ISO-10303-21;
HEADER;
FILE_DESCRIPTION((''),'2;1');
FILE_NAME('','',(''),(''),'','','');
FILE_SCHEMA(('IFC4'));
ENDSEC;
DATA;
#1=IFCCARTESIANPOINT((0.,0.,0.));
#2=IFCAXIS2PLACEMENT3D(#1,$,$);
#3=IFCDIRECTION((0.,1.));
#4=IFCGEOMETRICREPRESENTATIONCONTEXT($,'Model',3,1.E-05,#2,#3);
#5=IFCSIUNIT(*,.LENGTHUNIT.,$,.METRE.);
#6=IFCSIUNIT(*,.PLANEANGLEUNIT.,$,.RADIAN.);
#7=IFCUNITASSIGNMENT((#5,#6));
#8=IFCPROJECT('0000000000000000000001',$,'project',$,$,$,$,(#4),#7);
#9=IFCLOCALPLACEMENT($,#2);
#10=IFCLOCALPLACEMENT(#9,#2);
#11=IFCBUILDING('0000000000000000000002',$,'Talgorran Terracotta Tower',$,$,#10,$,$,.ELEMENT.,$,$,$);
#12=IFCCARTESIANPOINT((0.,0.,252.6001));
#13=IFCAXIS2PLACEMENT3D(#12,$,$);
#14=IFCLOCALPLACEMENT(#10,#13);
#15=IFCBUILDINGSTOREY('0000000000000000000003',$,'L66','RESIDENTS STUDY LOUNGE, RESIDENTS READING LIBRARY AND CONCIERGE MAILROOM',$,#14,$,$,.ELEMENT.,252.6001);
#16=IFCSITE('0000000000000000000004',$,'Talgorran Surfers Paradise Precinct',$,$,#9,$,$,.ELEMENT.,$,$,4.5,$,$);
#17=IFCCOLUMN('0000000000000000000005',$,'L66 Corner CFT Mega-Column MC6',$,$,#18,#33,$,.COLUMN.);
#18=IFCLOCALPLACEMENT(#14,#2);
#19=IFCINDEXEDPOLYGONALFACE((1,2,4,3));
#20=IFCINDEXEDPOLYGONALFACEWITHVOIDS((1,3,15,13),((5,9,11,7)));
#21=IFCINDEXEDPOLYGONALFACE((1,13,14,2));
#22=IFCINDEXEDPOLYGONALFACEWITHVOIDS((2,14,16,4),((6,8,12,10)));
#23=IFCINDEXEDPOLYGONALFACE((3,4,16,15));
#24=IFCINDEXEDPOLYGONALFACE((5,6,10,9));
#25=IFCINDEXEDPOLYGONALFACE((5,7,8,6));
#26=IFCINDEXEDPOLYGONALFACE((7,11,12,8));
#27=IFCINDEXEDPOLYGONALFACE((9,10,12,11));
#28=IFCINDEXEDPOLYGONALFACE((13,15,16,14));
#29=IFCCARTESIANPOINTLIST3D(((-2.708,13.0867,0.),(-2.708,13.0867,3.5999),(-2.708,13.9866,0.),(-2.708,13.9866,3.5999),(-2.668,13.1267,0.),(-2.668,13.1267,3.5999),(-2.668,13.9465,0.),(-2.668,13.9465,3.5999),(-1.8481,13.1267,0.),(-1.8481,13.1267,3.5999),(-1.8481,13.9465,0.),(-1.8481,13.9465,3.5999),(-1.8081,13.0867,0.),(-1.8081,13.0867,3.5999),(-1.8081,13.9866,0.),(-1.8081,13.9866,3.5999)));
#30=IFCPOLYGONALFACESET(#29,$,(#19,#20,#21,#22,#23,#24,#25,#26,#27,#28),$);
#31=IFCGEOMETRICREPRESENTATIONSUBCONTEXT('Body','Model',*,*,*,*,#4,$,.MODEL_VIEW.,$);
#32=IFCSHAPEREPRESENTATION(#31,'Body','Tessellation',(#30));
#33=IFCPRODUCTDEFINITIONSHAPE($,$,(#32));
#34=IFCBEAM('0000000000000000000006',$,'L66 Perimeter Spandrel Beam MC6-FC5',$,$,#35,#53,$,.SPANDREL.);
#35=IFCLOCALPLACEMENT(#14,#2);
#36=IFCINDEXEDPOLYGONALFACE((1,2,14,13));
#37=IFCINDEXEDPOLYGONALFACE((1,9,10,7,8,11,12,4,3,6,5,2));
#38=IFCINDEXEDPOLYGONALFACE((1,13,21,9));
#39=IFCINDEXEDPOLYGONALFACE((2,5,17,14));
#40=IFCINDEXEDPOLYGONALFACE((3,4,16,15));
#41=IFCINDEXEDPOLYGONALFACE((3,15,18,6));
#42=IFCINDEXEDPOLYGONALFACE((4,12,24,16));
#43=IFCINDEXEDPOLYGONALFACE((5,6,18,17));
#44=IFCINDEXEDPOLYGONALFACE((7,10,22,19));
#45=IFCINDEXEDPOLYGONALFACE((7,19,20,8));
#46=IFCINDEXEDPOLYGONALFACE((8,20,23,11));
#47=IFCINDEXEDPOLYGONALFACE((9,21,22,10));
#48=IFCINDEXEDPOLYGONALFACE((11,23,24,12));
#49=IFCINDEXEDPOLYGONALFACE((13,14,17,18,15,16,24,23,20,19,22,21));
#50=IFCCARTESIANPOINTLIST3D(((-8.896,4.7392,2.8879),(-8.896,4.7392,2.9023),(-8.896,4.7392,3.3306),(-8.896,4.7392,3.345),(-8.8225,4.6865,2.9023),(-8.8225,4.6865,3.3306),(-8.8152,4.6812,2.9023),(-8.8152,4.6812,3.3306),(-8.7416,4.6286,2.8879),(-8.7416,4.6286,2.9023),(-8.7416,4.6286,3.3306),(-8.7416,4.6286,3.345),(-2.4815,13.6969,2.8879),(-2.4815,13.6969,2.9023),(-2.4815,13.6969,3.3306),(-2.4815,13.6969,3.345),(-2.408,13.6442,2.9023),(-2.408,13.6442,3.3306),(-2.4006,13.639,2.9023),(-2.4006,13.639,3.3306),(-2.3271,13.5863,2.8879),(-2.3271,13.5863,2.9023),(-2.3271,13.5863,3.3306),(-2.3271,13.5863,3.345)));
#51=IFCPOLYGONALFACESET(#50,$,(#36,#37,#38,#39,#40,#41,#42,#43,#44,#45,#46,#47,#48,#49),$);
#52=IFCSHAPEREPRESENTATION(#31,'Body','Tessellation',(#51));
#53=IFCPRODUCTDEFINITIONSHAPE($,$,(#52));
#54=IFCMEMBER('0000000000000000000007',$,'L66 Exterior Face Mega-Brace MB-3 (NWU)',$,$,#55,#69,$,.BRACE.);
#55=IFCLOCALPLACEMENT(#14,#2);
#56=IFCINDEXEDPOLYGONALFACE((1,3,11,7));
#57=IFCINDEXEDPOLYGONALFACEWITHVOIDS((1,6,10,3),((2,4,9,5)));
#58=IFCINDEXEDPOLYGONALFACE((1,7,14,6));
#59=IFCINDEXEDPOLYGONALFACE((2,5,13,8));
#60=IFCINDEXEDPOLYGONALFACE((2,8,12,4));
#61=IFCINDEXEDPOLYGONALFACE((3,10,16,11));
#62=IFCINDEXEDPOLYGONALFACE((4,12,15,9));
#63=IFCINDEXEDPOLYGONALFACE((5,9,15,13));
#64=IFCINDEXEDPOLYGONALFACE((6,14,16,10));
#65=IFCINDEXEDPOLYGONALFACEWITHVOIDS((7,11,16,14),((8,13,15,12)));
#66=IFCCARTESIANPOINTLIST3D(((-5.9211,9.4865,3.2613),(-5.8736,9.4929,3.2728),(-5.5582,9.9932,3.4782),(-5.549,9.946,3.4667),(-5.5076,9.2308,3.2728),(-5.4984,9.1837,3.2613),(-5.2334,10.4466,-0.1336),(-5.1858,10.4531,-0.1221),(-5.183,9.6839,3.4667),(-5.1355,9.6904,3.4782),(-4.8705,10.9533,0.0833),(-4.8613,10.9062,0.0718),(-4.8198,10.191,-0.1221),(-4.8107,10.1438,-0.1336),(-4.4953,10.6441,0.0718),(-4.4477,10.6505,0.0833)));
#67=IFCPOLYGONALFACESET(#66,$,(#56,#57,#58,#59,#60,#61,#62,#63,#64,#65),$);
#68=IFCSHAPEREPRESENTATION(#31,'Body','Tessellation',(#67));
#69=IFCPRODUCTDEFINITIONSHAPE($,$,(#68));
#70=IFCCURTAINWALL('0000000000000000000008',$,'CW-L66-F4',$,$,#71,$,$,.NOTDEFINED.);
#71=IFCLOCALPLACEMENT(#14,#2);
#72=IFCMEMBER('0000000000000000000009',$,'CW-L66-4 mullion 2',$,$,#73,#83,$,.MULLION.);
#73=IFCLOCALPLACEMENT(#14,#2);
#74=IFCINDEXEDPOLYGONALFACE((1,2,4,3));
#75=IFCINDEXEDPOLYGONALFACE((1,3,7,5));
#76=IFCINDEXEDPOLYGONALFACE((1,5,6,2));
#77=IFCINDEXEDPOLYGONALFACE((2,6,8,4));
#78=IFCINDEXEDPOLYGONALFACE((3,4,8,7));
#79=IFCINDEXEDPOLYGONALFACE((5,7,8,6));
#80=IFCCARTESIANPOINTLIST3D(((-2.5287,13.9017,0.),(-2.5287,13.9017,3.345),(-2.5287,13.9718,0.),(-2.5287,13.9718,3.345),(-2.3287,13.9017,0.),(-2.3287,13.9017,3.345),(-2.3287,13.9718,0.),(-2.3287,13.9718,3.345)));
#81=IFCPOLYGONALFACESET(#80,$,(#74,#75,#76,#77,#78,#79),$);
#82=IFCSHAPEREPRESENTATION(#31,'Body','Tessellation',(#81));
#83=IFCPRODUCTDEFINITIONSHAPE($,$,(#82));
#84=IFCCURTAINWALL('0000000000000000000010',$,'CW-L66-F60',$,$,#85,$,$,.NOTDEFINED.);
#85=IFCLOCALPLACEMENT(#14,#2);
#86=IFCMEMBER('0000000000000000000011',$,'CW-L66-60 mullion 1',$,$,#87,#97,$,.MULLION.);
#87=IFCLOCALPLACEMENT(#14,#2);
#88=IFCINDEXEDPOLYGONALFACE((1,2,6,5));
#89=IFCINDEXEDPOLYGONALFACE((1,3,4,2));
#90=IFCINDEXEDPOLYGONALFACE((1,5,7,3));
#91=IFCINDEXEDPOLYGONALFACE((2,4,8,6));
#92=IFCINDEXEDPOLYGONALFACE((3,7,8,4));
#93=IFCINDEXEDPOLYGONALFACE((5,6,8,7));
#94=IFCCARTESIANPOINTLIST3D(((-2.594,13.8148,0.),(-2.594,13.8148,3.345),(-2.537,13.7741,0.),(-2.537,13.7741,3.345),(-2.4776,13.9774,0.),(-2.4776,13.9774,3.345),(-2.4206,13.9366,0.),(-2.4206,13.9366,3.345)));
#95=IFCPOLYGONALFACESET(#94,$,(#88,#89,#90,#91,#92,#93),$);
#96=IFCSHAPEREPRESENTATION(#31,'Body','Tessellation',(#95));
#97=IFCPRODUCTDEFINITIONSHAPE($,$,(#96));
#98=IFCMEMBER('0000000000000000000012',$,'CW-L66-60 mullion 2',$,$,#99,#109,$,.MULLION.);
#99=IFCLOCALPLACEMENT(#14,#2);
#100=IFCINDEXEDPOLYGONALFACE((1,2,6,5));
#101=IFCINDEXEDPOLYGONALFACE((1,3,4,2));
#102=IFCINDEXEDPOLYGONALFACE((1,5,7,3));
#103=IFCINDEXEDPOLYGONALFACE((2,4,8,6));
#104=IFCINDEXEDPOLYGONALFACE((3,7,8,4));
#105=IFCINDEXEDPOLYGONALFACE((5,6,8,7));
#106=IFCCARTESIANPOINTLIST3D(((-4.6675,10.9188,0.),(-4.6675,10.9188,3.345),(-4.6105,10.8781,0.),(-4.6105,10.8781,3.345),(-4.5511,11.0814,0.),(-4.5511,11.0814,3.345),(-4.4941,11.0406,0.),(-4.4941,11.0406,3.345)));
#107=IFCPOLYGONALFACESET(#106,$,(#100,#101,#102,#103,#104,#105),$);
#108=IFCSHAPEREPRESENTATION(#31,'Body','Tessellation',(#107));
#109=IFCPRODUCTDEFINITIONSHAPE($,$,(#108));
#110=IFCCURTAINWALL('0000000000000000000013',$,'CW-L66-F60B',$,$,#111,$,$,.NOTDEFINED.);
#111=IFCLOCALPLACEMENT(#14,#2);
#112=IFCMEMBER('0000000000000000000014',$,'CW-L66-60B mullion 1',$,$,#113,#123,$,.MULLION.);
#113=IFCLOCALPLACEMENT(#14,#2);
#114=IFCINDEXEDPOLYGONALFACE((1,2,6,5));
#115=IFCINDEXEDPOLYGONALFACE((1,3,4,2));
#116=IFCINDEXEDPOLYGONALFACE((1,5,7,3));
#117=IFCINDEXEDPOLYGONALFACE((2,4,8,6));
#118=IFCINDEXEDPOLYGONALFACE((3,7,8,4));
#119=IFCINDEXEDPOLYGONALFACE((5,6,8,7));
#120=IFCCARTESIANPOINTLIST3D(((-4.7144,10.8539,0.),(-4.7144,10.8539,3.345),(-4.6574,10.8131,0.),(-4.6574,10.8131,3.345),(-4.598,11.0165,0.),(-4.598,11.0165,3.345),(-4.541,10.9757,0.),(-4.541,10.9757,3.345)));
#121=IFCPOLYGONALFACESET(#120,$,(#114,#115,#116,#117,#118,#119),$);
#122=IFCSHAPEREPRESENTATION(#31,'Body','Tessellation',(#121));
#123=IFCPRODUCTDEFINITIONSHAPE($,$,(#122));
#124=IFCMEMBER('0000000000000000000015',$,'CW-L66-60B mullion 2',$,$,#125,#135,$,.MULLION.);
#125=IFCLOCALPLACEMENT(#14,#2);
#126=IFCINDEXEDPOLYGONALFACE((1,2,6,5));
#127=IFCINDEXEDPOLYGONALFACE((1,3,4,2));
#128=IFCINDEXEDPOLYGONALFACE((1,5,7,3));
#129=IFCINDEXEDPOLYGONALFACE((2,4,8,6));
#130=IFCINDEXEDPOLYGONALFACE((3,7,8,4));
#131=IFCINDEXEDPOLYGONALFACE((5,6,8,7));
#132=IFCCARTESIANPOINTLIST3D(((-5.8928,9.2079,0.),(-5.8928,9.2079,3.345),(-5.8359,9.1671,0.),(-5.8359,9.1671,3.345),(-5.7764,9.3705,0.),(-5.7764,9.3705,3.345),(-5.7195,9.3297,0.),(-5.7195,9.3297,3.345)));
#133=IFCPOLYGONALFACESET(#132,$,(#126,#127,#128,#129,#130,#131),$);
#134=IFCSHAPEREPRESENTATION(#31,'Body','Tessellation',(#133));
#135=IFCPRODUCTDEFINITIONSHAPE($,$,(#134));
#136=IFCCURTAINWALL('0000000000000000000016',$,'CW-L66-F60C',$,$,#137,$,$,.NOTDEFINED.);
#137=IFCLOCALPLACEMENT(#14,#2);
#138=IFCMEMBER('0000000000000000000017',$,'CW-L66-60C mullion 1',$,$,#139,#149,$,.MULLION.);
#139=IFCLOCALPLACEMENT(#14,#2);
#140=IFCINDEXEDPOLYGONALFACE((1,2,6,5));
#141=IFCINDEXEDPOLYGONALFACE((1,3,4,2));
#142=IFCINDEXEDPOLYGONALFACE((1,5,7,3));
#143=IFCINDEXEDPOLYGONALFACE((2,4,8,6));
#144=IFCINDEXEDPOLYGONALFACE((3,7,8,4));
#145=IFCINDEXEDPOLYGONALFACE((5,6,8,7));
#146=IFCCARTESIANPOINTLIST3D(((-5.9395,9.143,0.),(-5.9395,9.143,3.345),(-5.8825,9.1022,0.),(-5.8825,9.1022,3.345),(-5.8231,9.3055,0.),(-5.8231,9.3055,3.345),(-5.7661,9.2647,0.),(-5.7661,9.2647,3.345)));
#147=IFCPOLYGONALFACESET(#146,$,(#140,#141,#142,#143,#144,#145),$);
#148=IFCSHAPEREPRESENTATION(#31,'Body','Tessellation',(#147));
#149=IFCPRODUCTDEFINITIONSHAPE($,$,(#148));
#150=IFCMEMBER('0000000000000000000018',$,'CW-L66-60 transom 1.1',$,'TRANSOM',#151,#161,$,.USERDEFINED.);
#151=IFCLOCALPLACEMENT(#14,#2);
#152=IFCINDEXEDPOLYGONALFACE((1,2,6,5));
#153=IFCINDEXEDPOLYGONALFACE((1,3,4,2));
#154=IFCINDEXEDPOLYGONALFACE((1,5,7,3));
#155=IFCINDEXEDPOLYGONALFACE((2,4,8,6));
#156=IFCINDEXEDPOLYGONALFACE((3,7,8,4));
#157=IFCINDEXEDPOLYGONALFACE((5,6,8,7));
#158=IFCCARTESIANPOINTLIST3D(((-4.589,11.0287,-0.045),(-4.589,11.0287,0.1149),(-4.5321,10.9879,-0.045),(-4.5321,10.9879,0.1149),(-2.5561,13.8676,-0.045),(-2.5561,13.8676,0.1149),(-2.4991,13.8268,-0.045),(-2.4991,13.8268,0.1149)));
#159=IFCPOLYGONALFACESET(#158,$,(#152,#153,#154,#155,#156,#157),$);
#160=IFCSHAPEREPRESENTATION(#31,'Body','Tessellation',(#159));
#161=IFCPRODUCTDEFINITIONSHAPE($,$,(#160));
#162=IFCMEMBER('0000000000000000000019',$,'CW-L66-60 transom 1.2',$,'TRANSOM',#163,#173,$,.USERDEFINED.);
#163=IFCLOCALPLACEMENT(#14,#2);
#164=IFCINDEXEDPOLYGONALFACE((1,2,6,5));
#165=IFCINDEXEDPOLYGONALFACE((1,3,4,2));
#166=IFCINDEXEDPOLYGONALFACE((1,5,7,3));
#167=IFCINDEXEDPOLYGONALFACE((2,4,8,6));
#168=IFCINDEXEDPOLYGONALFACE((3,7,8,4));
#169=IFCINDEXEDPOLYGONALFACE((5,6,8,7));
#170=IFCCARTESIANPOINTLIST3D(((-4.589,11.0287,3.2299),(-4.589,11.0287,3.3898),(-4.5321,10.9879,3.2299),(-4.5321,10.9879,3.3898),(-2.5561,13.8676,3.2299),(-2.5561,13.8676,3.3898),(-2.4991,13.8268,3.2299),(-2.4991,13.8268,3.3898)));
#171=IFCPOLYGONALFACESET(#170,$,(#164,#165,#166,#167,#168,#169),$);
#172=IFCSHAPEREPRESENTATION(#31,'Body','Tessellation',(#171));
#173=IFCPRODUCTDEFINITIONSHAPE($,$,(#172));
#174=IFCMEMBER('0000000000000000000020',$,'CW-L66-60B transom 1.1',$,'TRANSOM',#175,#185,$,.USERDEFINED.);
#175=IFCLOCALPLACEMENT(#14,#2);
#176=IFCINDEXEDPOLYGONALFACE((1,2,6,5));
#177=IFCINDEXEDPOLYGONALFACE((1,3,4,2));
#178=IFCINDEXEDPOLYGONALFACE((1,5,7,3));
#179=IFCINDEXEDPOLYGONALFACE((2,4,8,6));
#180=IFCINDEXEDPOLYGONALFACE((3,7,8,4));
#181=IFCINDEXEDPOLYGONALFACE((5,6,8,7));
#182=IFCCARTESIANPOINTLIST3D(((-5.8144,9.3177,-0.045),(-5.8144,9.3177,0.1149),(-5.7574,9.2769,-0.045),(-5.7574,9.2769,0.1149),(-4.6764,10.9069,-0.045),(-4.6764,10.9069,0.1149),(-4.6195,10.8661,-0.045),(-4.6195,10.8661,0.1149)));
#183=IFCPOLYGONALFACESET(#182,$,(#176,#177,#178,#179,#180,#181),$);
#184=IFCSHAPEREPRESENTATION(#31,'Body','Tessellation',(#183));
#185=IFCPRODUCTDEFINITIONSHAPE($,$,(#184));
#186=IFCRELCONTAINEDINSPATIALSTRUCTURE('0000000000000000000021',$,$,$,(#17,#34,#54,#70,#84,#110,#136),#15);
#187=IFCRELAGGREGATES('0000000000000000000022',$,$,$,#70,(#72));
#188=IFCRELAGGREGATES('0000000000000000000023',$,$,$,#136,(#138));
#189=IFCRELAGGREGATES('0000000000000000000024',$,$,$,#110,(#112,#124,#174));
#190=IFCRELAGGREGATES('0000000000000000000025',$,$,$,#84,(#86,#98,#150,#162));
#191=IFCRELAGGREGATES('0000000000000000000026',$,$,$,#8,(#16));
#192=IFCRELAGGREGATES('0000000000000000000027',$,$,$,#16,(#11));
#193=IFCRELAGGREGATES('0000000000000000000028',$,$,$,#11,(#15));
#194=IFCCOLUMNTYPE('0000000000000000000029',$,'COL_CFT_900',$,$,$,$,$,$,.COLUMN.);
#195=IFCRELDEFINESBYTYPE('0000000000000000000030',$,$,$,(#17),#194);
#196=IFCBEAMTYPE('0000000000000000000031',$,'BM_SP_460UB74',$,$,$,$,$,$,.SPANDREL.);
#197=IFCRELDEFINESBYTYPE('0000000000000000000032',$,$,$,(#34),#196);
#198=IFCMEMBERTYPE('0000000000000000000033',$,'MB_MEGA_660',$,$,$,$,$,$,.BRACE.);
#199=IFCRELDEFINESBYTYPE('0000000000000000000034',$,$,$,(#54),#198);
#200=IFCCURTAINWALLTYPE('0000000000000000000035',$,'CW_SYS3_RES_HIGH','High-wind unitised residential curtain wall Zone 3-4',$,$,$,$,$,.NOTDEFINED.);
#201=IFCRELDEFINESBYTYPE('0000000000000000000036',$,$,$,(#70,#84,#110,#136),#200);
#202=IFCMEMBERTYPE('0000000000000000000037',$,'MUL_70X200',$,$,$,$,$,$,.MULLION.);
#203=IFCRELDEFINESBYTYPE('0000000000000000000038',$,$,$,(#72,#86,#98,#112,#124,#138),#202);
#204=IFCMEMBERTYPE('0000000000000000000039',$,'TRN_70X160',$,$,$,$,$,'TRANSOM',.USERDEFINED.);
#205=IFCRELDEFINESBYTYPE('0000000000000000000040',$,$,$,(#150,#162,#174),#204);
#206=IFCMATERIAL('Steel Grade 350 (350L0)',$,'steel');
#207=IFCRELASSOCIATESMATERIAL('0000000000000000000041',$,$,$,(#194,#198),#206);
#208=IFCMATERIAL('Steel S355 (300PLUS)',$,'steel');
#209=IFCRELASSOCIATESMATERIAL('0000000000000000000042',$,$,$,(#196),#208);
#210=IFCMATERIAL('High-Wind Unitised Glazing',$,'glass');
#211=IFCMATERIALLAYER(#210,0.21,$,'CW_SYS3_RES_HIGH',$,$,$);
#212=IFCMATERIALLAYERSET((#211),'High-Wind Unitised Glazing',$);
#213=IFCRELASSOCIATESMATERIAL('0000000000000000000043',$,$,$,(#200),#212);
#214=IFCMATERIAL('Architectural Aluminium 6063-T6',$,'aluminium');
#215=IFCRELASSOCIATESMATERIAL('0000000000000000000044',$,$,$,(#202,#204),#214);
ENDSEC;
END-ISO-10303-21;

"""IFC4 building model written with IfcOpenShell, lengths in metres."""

from ifc_helpers import new_model, si_unit, direction, frame, origin, origin_2d, place, context, subcontext, project, spatial, rectangle, hollow_rectangle, i_section, extrude, material, layer, layer_set, material_profile, profile_set, type_object, element, aggregate, save


model = new_model("IFC4")

# Units and contexts
model_context = context("Model", 3, precision=1e-05, world=origin(), true_north=direction((0.0, 1.0)))
body_context = subcontext(model_context, "Body", "Model", "MODEL_VIEW")
ifc_project = project(units=[si_unit("LENGTHUNIT", "METRE"), si_unit("PLANEANGLEUNIT", "RADIAN")], contexts=[model_context])

# Site, building, storey
site_placement = place(None, origin())
site = spatial("IfcSite", under=ifc_project, at=site_placement, Name="Talgorran Surfers Paradise Precinct", CompositionType="ELEMENT", RefElevation=4.5)
building_placement = place(site_placement, origin())
building = spatial("IfcBuilding", under=site, at=building_placement, Name="Talgorran Terracotta Tower", CompositionType="ELEMENT")
storey_placement = place(building_placement, frame((0.0, 0.0, 252.6001)))
storey = spatial("IfcBuildingStorey", under=building, at=storey_placement, Name="L66", Description="RESIDENTS STUDY LOUNGE, RESIDENTS READING LIBRARY AND CONCIERGE MAILROOM", CompositionType="ELEMENT", Elevation=252.6001)

# Column
ifc_material_1 = material(Name="Steel Grade 350 (350L0)", Category="steel")
ifc_material_profile_1 = material_profile(ifc_material_1, hollow_rectangle(XDim=0.8999, YDim=0.8999, WallThickness=0.04, at=origin_2d()), Name="CFT900X900X40")
ifc_profile_set_1 = profile_set([ifc_material_profile_1], Name="Steel Grade 350 (350L0)")
column_type = type_object("IfcColumnType", Name="COL_CFT_900", PredefinedType="COLUMN", material=ifc_profile_set_1)
column_placement = place(storey_placement, frame((-2.2581, 13.5366, 0.0), z_axis=(0.0, 0.0, 1.0), x_axis=(1.0, 0.0, 0.0)))
element("IfcColumn", 1, at=column_placement, inside=storey, type_object=column_type, Name="L66 Corner CFT Mega-Column MC6", PredefinedType="COLUMN", context=body_context, shape_type="SweptSolid", body=[
    extrude(hollow_rectangle(XDim=0.8999, YDim=0.8999, WallThickness=0.04, at=origin_2d()), origin(), (0.0, 0.0, 1.0), 3.5999),
])

# Beam
ifc_material_2 = material(Name="Steel S355 (300PLUS)", Category="steel")
ifc_material_profile_2 = material_profile(ifc_material_2, i_section(OverallWidth=0.1899, OverallDepth=0.457, WebThickness=0.009, FlangeThickness=0.0144, at=origin_2d()), Name="460UB74.6")
ifc_profile_set_2 = profile_set([ifc_material_profile_2], Name="Steel S355 (300PLUS)")
beam_type = type_object("IfcBeamType", Name="BM_SP_460UB74", PredefinedType="SPANDREL", material=ifc_profile_set_2)
beam_placement = place(storey_placement, frame((-2.4043, 13.6416, 3.1165), z_axis=(-0.582208, -0.81304, 0.0), x_axis=(0.81304, -0.582208, 0.0)))
element("IfcBeam", 2, at=beam_placement, inside=storey, type_object=beam_type, Name="L66 Perimeter Spandrel Beam MC6-FC5", PredefinedType="SPANDREL", context=body_context, shape_type="SweptSolid", body=[
    extrude(i_section(OverallWidth=0.1899, OverallDepth=0.457, WebThickness=0.009, FlangeThickness=0.0144, at=origin_2d()), origin(), (0.0, 0.0, 1.0), 11.0176),
])

# Member
ifc_material_profile_3 = material_profile(ifc_material_1, hollow_rectangle(XDim=0.52, YDim=0.6599, WallThickness=0.0349, at=origin_2d()), Name="WBOX660X520X35")
ifc_profile_set_3 = profile_set([ifc_material_profile_3], Name="Steel Grade 350 (350L0)")
member_type_1 = type_object("IfcMemberType", Name="MB_MEGA_660", PredefinedType="BRACE", material=ifc_profile_set_3)
member_1_placement = place(storey_placement, frame((-4.8406, 10.5486, -0.0251), z_axis=(-0.191327, -0.267124, 0.944478), x_axis=(0.812979, -0.582294, 0.0)))
element("IfcMember", 3, at=member_1_placement, inside=storey, type_object=member_type_1, Name="L66 Exterior Face Mega-Brace MB-3 (NWU)", PredefinedType="BRACE", context=body_context, shape_type="SweptSolid", body=[
    extrude(hollow_rectangle(XDim=0.52, YDim=0.6599, WallThickness=0.0349, at=origin_2d()), origin(), (0.0, 0.0, 1.0), 3.5945),
])

# Curtain wall, member
ifc_material_3 = material(Name="High-Wind Unitised Glazing", Category="glass")
ifc_layer_1 = layer(ifc_material_3, 0.21, Name="CW_SYS3_RES_HIGH")
ifc_layer_set_1 = layer_set([ifc_layer_1], Name="High-Wind Unitised Glazing")
curtain_wall_type = type_object("IfcCurtainWallType", Name="CW_SYS3_RES_HIGH", Description="High-wind unitised residential curtain wall Zone 3-4", PredefinedType="NOTDEFINED", material=ifc_layer_set_1)
curtain_wall_1_placement = place(storey_placement, origin())
curtain_wall_1 = element("IfcCurtainWall", 4, at=curtain_wall_1_placement, inside=storey, type_object=curtain_wall_type, Name="CW-L66-F4", PredefinedType="NOTDEFINED")
ifc_material_4 = material(Name="Architectural Aluminium 6063-T6", Category="aluminium")
ifc_material_profile_4 = material_profile(ifc_material_4, rectangle(XDim=0.0701, YDim=0.2, at=origin_2d()), Name="CWM70X200")
ifc_profile_set_4 = profile_set([ifc_material_profile_4], Name="Architectural Aluminium 6063-T6")
member_type_2 = type_object("IfcMemberType", Name="MUL_70X200", PredefinedType="MULLION", material=ifc_profile_set_4)
member_2_placement = place(storey_placement, frame((-2.4287, 13.9368, 0.0), z_axis=(0.0, 0.0, 1.0), x_axis=(0.0, -1.0, 0.0)))
member_2 = element("IfcMember", 5, at=member_2_placement, type_object=member_type_2, Name="CW-L66-4 mullion 2", PredefinedType="MULLION", context=body_context, shape_type="SweptSolid", body=[
    extrude(rectangle(XDim=0.0701, YDim=0.2, at=origin_2d()), origin(), (0.0, 0.0, 1.0), 3.345),
])
aggregate(curtain_wall_1, [member_2])

# Curtain walls, members
curtain_wall_2_placement = place(storey_placement, origin())
curtain_wall_2 = element("IfcCurtainWall", 6, at=curtain_wall_2_placement, inside=storey, type_object=curtain_wall_type, Name="CW-L66-F60", PredefinedType="NOTDEFINED")
member_3_placement = place(storey_placement, frame((-2.5073, 13.8757, 0.0), z_axis=(0.0, 0.0, 1.0), x_axis=(0.813048, -0.582196, 0.0)))
member_3 = element("IfcMember", 7, at=member_3_placement, type_object=member_type_2, Name="CW-L66-60 mullion 1", PredefinedType="MULLION", context=body_context, shape_type="SweptSolid", body=[
    extrude(rectangle(XDim=0.0701, YDim=0.2, at=origin_2d()), origin(), (0.0, 0.0, 1.0), 3.345),
])
member_4_placement = place(storey_placement, frame((-4.5808, 10.9797, 0.0), z_axis=(0.0, 0.0, 1.0), x_axis=(0.813048, -0.582196, 0.0)))
member_4 = element("IfcMember", 8, at=member_4_placement, type_object=member_type_2, Name="CW-L66-60 mullion 2", PredefinedType="MULLION", context=body_context, shape_type="SweptSolid", body=[
    extrude(rectangle(XDim=0.0701, YDim=0.2, at=origin_2d()), origin(), (0.0, 0.0, 1.0), 3.345),
])
curtain_wall_3_placement = place(storey_placement, origin())
curtain_wall_3 = element("IfcCurtainWall", 9, at=curtain_wall_3_placement, inside=storey, type_object=curtain_wall_type, Name="CW-L66-F60B", PredefinedType="NOTDEFINED")
member_5_placement = place(storey_placement, frame((-4.6277, 10.9148, 0.0), z_axis=(0.0, 0.0, 1.0), x_axis=(0.813046, -0.5822, 0.0)))
member_5 = element("IfcMember", 10, at=member_5_placement, type_object=member_type_2, Name="CW-L66-60B mullion 1", PredefinedType="MULLION", context=body_context, shape_type="SweptSolid", body=[
    extrude(rectangle(XDim=0.0701, YDim=0.2, at=origin_2d()), origin(), (0.0, 0.0, 1.0), 3.345),
])
member_6_placement = place(storey_placement, frame((-5.8062, 9.2688, 0.0), z_axis=(0.0, 0.0, 1.0), x_axis=(0.813046, -0.5822, 0.0)))
member_6 = element("IfcMember", 11, at=member_6_placement, type_object=member_type_2, Name="CW-L66-60B mullion 2", PredefinedType="MULLION", context=body_context, shape_type="SweptSolid", body=[
    extrude(rectangle(XDim=0.0701, YDim=0.2, at=origin_2d()), origin(), (0.0, 0.0, 1.0), 3.345),
])

# Curtain wall, member
curtain_wall_4_placement = place(storey_placement, origin())
curtain_wall_4 = element("IfcCurtainWall", 12, at=curtain_wall_4_placement, inside=storey, type_object=curtain_wall_type, Name="CW-L66-F60C", PredefinedType="NOTDEFINED")
member_7_placement = place(storey_placement, frame((-5.8528, 9.2039, 0.0), z_axis=(0.0, 0.0, 1.0), x_axis=(0.813038, -0.58221, 0.0)))
member_7 = element("IfcMember", 13, at=member_7_placement, type_object=member_type_2, Name="CW-L66-60C mullion 1", PredefinedType="MULLION", context=body_context, shape_type="SweptSolid", body=[
    extrude(rectangle(XDim=0.0701, YDim=0.2, at=origin_2d()), origin(), (0.0, 0.0, 1.0), 3.345),
])

# Members
ifc_material_profile_5 = material_profile(ifc_material_4, rectangle(XDim=0.0701, YDim=0.1599, at=origin_2d()), Name="CWT70X160")
ifc_profile_set_5 = profile_set([ifc_material_profile_5], Name="Architectural Aluminium 6063-T6")
member_type_3 = type_object("IfcMemberType", Name="TRN_70X160", ElementType="TRANSOM", PredefinedType="USERDEFINED", material=ifc_profile_set_5)
member_8_placement = place(storey_placement, frame((-2.5276, 13.8472, 0.0349), z_axis=(-0.582223, -0.813029, 0.0), x_axis=(0.813029, -0.582223, 0.0)))
member_8 = element("IfcMember", 14, at=member_8_placement, type_object=member_type_3, Name="CW-L66-60 transom 1.1", ObjectType="TRANSOM", PredefinedType="USERDEFINED", context=body_context, shape_type="SweptSolid", body=[
    extrude(rectangle(XDim=0.0701, YDim=0.1599, at=origin_2d()), origin(), (0.0, 0.0, 1.0), 3.4917),
])
member_9_placement = place(storey_placement, frame((-2.5276, 13.8472, 3.3098), z_axis=(-0.582223, -0.813029, 0.0), x_axis=(0.813029, -0.582223, 0.0)))
member_9 = element("IfcMember", 15, at=member_9_placement, type_object=member_type_3, Name="CW-L66-60 transom 1.2", ObjectType="TRANSOM", PredefinedType="USERDEFINED", context=body_context, shape_type="SweptSolid", body=[
    extrude(rectangle(XDim=0.0701, YDim=0.1599, at=origin_2d()), origin(), (0.0, 0.0, 1.0), 3.4917),
])
member_10_placement = place(storey_placement, frame((-4.6479, 10.8865, 0.0349), z_axis=(-0.582207, -0.813041, 0.0), x_axis=(0.813041, -0.582207, 0.0)))
member_10 = element("IfcMember", 16, at=member_10_placement, type_object=member_type_3, Name="CW-L66-60B transom 1.1", ObjectType="TRANSOM", PredefinedType="USERDEFINED", context=body_context, shape_type="SweptSolid", body=[
    extrude(rectangle(XDim=0.0701, YDim=0.1599, at=origin_2d()), origin(), (0.0, 0.0, 1.0), 1.9546),
])
aggregate(curtain_wall_4, [member_7])

aggregate(curtain_wall_3, [member_5, member_6, member_10])
aggregate(curtain_wall_2, [member_3, member_4, member_8, member_9])

save(model, "model.ifc")
